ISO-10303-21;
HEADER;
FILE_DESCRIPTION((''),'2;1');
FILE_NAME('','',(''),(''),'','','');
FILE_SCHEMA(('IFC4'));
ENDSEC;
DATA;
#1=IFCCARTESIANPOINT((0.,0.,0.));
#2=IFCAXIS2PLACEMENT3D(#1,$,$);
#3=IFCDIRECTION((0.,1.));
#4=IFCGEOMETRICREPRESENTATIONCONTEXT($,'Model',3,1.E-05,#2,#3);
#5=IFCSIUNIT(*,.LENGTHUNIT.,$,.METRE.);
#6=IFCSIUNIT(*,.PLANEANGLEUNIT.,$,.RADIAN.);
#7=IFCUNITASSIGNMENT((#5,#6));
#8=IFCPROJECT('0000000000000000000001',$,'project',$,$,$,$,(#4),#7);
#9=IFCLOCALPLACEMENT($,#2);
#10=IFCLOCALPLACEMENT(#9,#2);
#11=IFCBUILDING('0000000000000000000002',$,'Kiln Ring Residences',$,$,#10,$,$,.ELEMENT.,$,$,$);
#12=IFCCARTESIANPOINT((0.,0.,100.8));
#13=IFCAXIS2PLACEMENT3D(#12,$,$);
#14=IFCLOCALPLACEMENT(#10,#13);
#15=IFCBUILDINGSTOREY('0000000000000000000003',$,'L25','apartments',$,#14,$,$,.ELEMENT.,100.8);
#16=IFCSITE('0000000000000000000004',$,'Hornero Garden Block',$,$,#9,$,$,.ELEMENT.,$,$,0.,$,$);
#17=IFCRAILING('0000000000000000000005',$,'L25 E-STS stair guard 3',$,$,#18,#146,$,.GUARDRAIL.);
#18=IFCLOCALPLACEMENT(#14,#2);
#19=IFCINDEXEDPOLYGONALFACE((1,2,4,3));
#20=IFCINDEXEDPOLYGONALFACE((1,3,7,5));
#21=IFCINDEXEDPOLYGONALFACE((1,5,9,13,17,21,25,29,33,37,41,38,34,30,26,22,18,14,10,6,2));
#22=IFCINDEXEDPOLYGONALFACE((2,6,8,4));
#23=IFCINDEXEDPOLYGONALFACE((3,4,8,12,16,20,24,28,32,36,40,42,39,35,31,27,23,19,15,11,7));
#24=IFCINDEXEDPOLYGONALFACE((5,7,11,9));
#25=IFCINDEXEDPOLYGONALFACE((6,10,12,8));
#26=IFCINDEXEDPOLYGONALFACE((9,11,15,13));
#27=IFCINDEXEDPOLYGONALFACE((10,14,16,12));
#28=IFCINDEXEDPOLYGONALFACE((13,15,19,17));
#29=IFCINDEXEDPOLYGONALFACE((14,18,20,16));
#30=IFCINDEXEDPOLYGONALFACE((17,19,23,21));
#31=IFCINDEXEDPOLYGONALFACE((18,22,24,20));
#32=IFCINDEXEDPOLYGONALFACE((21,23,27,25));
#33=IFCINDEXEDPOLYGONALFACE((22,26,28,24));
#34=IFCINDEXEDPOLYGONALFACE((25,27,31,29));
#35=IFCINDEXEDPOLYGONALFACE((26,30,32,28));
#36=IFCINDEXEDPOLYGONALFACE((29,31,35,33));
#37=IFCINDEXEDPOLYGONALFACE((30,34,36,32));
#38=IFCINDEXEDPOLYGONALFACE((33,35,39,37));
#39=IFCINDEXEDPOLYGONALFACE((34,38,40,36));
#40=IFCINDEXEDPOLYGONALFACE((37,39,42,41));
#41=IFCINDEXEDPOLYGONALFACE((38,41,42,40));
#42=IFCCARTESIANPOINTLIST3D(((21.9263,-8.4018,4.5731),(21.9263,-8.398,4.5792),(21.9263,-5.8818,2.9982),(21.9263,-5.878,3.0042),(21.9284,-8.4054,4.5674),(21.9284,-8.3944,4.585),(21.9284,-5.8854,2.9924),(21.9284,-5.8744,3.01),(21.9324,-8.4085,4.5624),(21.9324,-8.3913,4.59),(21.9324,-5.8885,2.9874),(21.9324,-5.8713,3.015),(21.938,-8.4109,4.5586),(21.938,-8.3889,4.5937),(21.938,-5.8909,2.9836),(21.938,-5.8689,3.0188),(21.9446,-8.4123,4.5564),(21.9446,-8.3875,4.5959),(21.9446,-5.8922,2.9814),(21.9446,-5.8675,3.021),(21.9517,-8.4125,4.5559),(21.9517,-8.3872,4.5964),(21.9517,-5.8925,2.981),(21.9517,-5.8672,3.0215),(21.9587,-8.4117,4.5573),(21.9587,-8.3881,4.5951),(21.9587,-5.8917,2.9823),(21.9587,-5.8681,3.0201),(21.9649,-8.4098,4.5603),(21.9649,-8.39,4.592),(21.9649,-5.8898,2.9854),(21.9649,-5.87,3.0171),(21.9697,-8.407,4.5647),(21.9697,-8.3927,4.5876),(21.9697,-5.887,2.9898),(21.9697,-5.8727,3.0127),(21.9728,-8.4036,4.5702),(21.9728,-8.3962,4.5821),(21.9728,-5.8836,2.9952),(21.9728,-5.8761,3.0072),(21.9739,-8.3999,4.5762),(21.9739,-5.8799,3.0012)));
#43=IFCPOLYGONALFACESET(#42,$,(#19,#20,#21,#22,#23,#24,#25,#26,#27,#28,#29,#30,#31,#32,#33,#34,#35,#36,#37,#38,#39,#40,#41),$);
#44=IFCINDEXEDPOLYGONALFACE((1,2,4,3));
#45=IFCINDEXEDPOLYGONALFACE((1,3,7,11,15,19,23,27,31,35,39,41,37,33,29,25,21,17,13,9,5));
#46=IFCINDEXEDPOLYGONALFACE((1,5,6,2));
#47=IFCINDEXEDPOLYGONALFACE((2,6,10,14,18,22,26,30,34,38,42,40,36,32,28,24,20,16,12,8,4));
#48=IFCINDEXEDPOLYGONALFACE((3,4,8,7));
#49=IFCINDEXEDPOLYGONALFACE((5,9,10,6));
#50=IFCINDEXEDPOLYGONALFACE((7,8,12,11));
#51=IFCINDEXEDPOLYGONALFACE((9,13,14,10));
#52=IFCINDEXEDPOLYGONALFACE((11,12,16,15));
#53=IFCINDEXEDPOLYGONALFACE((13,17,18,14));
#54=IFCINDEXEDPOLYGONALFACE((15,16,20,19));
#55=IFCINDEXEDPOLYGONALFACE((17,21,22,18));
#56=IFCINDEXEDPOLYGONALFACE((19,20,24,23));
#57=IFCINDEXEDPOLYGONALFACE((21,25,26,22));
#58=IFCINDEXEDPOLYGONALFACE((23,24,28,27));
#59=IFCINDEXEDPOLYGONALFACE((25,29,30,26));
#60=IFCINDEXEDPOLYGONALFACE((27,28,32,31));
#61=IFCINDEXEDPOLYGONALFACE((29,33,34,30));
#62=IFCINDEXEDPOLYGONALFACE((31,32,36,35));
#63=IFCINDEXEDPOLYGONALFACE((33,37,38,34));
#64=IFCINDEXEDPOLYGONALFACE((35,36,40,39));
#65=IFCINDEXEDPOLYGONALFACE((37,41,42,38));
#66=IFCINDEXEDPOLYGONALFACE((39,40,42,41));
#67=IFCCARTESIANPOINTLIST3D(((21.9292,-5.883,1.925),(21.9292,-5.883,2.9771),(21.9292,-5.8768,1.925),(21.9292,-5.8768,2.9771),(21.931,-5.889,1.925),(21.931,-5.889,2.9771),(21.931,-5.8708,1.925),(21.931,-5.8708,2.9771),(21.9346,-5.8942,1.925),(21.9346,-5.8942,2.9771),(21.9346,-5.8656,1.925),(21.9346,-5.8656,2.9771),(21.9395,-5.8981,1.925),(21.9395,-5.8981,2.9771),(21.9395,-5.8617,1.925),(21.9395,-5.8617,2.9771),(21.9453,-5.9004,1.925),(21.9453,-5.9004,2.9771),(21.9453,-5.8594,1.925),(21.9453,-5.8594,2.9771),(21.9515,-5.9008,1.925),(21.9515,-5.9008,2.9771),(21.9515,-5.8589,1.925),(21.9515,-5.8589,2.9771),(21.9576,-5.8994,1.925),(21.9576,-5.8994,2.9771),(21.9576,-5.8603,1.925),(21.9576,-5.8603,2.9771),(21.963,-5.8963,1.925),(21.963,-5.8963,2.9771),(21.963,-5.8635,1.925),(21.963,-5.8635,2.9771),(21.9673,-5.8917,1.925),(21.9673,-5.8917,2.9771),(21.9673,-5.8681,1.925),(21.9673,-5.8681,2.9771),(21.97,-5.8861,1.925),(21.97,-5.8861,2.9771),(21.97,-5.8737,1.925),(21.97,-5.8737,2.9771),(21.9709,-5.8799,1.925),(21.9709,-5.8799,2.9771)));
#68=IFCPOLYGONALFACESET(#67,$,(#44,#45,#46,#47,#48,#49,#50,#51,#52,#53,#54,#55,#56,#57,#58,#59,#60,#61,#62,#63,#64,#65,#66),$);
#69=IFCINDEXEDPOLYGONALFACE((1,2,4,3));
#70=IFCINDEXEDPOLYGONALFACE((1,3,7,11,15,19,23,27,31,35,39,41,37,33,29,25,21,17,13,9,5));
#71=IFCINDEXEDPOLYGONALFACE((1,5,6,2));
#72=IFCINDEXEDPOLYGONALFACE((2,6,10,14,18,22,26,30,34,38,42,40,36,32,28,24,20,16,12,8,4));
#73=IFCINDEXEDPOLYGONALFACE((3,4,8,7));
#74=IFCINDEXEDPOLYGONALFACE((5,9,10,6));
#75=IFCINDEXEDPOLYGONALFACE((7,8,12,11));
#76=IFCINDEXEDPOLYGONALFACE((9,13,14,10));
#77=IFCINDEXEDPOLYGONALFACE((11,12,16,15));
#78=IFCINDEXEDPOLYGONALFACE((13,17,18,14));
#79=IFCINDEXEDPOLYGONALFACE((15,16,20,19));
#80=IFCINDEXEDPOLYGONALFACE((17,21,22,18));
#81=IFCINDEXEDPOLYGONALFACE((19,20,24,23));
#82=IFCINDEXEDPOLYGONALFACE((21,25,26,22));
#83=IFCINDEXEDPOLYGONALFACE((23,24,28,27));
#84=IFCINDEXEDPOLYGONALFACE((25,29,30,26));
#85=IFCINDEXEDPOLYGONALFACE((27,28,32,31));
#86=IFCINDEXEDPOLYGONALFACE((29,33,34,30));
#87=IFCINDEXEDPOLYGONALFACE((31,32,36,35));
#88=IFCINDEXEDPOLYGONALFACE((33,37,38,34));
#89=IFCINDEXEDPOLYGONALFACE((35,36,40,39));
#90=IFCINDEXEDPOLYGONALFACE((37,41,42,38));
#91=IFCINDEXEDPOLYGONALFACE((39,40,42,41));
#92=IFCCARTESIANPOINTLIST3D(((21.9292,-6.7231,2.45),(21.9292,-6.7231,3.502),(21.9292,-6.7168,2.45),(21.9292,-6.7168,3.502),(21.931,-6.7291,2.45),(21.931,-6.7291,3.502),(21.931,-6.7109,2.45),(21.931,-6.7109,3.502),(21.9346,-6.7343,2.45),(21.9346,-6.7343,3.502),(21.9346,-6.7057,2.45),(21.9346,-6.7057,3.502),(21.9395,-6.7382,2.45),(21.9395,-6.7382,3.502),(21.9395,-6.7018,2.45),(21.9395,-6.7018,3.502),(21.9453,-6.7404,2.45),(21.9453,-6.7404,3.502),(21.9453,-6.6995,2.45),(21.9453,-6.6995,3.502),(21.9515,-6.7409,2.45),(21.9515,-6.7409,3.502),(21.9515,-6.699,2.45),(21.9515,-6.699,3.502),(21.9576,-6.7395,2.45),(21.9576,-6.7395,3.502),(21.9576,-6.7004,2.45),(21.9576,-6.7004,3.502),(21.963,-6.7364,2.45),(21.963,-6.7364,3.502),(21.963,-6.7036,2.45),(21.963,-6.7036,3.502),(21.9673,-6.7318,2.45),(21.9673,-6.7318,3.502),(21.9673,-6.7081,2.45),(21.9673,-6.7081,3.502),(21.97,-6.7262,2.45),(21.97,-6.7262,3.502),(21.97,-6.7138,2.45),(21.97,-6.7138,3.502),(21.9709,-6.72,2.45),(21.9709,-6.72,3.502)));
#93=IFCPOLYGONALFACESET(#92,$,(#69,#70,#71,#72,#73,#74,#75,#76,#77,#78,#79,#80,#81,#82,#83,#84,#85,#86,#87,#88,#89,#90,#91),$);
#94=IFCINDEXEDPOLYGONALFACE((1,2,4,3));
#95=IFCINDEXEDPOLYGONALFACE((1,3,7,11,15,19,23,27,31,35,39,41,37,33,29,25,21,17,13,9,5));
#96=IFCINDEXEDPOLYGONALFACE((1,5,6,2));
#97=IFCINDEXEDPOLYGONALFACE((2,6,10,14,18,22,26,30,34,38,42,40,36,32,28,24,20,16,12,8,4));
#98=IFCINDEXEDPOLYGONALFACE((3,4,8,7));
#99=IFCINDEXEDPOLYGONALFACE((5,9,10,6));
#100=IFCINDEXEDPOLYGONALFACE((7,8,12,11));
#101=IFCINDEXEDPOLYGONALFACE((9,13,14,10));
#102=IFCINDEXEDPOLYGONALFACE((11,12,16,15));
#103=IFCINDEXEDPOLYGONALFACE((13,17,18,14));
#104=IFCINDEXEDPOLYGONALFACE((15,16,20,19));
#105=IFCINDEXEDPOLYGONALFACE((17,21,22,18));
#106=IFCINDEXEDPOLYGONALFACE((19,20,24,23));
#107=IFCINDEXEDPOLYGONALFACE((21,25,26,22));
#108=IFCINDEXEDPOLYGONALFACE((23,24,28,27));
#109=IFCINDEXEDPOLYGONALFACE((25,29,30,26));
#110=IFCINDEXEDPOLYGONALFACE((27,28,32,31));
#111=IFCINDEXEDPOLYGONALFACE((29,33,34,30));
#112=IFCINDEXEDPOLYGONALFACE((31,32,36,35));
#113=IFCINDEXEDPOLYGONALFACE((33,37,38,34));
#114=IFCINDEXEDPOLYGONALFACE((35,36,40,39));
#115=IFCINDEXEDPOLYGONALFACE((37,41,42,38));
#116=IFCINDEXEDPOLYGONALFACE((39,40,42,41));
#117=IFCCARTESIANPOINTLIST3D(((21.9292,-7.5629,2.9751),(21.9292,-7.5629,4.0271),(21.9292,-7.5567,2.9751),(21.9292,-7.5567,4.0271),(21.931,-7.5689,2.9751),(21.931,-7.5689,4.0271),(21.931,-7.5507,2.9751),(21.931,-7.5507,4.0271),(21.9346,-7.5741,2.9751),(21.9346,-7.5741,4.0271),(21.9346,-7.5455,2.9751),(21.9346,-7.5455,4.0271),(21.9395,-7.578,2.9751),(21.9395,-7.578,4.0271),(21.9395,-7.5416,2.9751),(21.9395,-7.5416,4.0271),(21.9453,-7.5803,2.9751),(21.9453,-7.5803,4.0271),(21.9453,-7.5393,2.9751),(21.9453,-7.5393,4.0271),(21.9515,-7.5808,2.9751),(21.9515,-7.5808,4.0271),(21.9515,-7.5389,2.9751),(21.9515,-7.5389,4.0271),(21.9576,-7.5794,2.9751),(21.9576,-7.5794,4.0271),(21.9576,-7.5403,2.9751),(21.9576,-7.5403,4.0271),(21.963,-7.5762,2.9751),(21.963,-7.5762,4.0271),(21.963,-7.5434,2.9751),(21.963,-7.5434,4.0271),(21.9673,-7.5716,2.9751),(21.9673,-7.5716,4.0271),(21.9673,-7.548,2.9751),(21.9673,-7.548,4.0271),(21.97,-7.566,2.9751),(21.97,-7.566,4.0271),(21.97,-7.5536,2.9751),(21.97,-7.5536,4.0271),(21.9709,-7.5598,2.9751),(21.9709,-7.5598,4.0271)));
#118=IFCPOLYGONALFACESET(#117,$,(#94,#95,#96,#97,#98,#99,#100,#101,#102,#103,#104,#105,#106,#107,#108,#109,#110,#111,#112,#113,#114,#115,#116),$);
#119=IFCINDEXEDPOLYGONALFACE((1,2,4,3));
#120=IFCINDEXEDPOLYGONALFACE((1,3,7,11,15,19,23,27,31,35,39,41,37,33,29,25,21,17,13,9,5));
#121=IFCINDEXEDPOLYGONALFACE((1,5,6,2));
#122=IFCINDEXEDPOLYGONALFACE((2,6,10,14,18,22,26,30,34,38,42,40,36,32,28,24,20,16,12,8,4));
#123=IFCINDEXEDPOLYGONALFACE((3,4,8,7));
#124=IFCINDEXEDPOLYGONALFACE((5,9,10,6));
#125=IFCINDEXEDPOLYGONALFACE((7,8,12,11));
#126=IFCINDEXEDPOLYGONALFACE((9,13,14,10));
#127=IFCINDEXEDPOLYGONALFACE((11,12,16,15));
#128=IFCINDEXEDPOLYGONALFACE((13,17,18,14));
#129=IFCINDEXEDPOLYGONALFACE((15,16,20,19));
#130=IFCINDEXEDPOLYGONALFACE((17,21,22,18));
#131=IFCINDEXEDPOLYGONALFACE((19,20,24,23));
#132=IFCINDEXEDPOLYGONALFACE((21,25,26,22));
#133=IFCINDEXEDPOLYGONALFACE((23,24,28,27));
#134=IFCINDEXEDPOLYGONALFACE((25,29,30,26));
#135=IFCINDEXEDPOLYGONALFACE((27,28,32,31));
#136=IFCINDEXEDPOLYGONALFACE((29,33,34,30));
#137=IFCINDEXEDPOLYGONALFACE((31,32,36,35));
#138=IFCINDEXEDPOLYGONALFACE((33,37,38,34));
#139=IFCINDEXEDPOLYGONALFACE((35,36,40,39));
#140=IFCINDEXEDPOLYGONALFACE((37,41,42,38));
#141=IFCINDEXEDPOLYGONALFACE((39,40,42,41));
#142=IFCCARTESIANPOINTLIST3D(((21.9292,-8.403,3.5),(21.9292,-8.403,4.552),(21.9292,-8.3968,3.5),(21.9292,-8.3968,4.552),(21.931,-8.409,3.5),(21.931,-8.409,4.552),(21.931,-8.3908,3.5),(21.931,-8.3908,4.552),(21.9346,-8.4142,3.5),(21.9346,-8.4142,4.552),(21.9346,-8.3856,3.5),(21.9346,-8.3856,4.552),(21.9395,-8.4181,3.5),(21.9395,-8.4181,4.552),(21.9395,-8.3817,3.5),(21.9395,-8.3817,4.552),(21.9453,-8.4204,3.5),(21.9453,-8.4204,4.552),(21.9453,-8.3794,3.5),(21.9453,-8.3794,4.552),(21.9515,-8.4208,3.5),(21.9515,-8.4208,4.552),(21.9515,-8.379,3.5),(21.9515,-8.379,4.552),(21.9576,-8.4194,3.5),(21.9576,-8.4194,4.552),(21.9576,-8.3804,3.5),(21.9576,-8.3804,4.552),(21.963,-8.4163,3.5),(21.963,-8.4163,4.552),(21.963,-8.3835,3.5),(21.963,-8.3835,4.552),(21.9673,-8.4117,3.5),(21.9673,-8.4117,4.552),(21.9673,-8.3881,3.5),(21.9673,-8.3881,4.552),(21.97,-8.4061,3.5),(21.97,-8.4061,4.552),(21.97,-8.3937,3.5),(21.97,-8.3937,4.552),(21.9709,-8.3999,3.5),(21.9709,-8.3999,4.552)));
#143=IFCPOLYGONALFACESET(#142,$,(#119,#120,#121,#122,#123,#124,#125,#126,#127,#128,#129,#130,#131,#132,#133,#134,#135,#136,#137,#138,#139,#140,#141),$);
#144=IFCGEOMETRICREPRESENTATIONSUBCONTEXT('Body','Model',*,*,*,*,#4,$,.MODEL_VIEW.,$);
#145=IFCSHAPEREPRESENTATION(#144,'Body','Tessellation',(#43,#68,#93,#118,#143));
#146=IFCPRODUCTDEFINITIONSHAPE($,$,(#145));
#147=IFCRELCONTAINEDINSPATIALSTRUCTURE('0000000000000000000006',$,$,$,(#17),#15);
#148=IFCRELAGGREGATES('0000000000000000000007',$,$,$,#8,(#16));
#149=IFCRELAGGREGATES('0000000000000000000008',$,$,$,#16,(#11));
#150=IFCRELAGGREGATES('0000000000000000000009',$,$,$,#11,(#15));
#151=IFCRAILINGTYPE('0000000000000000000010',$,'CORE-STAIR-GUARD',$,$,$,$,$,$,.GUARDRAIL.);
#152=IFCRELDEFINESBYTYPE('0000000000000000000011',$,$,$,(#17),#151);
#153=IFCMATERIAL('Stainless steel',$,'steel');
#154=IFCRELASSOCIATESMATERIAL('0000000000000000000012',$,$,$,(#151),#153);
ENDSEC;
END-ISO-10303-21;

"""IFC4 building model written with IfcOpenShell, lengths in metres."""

from ifc_helpers import new_model, si_unit, direction, frame, origin, origin_2d, place, context, subcontext, project, spatial, circle, extrude, material, type_object, element, save


model = new_model("IFC4")

# Units and contexts
model_context = context("Model", 3, precision=1e-05, world=origin(), true_north=direction((0.0, 1.0)))
body_context = subcontext(model_context, "Body", "Model", "MODEL_VIEW")
ifc_project = project(units=[si_unit("LENGTHUNIT", "METRE"), si_unit("PLANEANGLEUNIT", "RADIAN")], contexts=[model_context])

# Site, building, storey
site_placement = place(None, origin())
site = spatial("IfcSite", under=ifc_project, at=site_placement, Name="Hornero Garden Block", CompositionType="ELEMENT", RefElevation=0.0)
building_placement = place(site_placement, origin())
building = spatial("IfcBuilding", under=site, at=building_placement, Name="Kiln Ring Residences", CompositionType="ELEMENT")
storey_placement = place(building_placement, frame((0.0, 0.0, 100.8)))
storey = spatial("IfcBuildingStorey", under=building, at=storey_placement, Name="L25", Description="apartments", CompositionType="ELEMENT", Elevation=100.8)

# Railing
ifc_material_1 = material(Name="Stainless steel", Category="steel")
railing_type_1 = type_object("IfcRailingType", Name="CORE-STAIR-GUARD", PredefinedType="GUARDRAIL", material=ifc_material_1)
railing_1_placement = place(storey_placement, frame((21.95, -5.8799, 1.925)))
element("IfcRailing", 1, at=railing_1_placement, inside=storey, type_object=railing_type_1, Name="L25 E-STS stair guard 3", PredefinedType="GUARDRAIL", context=body_context, shape_type="SweptSolid", body=[
    extrude(circle(Radius=0.0239, at=origin_2d()), frame((0.0, 0.0, 1.0762), z_axis=(0.0, -0.848008, 0.529984), x_axis=(1.0, 0.0, 0.0)), (0.0, 0.0, 1.0), 2.9717),
    extrude(circle(Radius=0.021, at=origin_2d()), origin(), (0.0, 0.0, 1.0), 1.052),
    extrude(circle(Radius=0.021, at=origin_2d()), frame((0.0, -0.8401, 0.5249)), (0.0, 0.0, 1.0), 1.052),
    extrude(circle(Radius=0.021, at=origin_2d()), frame((0.0, -1.6799, 1.05)), (0.0, 0.0, 1.0), 1.052),
    extrude(circle(Radius=0.021, at=origin_2d()), frame((0.0, -2.52, 1.575)), (0.0, 0.0, 1.0), 1.052),
])

save(model, "model.ifc")
